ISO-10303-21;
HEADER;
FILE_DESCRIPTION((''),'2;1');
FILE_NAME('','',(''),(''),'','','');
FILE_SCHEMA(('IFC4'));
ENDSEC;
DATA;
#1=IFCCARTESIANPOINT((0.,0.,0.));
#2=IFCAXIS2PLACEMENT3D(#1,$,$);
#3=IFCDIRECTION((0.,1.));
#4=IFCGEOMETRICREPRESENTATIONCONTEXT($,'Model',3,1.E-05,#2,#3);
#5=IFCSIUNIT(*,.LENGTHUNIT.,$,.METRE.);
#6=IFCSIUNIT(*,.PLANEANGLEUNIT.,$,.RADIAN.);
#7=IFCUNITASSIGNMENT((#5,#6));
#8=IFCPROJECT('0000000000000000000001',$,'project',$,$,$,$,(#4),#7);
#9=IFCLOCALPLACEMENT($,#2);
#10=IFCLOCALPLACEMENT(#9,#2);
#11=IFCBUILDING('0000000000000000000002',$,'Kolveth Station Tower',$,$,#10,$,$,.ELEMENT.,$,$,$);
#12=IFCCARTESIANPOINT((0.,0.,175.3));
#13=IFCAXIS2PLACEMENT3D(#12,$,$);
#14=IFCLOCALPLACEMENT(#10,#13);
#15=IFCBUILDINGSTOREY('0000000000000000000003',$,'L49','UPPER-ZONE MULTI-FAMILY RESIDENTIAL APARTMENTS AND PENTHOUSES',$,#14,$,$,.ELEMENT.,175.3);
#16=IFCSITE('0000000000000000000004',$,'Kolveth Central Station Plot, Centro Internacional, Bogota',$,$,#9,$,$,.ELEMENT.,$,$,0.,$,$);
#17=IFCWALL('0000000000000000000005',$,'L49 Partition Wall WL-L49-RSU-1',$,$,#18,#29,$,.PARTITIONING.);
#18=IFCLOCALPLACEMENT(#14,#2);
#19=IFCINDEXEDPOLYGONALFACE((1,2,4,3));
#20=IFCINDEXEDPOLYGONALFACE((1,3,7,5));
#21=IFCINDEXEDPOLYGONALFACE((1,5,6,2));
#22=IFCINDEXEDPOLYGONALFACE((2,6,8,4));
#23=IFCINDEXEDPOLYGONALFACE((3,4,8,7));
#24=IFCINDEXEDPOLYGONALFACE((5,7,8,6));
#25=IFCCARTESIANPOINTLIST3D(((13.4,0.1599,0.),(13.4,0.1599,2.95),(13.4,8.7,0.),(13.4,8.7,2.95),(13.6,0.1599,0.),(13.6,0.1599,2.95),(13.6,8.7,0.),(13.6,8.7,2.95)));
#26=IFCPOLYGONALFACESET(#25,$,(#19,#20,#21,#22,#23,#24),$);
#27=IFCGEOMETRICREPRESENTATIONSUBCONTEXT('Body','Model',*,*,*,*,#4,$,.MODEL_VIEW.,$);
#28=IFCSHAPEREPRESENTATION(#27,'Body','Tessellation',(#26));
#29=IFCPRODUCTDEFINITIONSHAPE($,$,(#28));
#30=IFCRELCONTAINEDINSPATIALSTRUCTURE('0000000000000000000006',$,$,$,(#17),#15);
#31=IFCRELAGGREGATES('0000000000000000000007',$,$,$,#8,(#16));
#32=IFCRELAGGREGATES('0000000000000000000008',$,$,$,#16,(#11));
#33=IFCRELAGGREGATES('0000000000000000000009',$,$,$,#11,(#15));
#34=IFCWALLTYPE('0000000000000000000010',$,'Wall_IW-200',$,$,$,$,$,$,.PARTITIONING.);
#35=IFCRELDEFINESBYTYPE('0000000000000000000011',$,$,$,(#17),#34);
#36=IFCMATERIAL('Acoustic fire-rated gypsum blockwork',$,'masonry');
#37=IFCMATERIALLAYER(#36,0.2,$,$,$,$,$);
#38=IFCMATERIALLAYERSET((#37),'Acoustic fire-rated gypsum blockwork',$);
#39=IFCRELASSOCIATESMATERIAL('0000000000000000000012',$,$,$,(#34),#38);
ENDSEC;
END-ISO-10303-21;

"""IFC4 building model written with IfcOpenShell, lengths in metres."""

from ifc_helpers import new_model, si_unit, direction, frame, frame_2d, origin, place, context, subcontext, project, spatial, rectangle, extrude, material, layer, layer_set, type_object, element, save


model = new_model("IFC4")

# Units and contexts
model_context = context("Model", 3, precision=1e-05, world=origin(), true_north=direction((0.0, 1.0)))
body_context = subcontext(model_context, "Body", "Model", "MODEL_VIEW")
ifc_project = project(units=[si_unit("LENGTHUNIT", "METRE"), si_unit("PLANEANGLEUNIT", "RADIAN")], contexts=[model_context])

# Site, building, storey
site_placement = place(None, origin())
site = spatial("IfcSite", under=ifc_project, at=site_placement, Name="Kolveth Central Station Plot, Centro Internacional, Bogota", CompositionType="ELEMENT", RefElevation=0.0)
building_placement = place(site_placement, origin())
building = spatial("IfcBuilding", under=site, at=building_placement, Name="Kolveth Station Tower", CompositionType="ELEMENT")
storey_placement = place(building_placement, frame((0.0, 0.0, 175.3)))
storey = spatial("IfcBuildingStorey", under=building, at=storey_placement, Name="L49", Description="UPPER-ZONE MULTI-FAMILY RESIDENTIAL APARTMENTS AND PENTHOUSES", CompositionType="ELEMENT", Elevation=175.3)

# Wall
ifc_material_1 = material(Name="Acoustic fire-rated gypsum blockwork", Category="masonry")
ifc_layer_1 = layer(ifc_material_1, 0.2)
ifc_layer_set_1 = layer_set([ifc_layer_1], Name="Acoustic fire-rated gypsum blockwork")
wall_type_1 = type_object("IfcWallType", Name="Wall_IW-200", PredefinedType="PARTITIONING", material=ifc_layer_set_1)
wall_1_placement = place(storey_placement, frame((13.5, 0.1599, 0.0), z_axis=(0.0, 0.0, 1.0), x_axis=(0.0, 1.0, 0.0)))
element("IfcWall", 1, at=wall_1_placement, inside=storey, type_object=wall_type_1, Name="L49 Partition Wall WL-L49-RSU-1", PredefinedType="PARTITIONING", context=body_context, shape_type="SweptSolid", body=[
    extrude(rectangle(XDim=8.54, YDim=0.2, at=frame_2d((4.27, 0.0))), origin(), (0.0, 0.0, 1.0), 2.95),
])

save(model, "model.ifc")
